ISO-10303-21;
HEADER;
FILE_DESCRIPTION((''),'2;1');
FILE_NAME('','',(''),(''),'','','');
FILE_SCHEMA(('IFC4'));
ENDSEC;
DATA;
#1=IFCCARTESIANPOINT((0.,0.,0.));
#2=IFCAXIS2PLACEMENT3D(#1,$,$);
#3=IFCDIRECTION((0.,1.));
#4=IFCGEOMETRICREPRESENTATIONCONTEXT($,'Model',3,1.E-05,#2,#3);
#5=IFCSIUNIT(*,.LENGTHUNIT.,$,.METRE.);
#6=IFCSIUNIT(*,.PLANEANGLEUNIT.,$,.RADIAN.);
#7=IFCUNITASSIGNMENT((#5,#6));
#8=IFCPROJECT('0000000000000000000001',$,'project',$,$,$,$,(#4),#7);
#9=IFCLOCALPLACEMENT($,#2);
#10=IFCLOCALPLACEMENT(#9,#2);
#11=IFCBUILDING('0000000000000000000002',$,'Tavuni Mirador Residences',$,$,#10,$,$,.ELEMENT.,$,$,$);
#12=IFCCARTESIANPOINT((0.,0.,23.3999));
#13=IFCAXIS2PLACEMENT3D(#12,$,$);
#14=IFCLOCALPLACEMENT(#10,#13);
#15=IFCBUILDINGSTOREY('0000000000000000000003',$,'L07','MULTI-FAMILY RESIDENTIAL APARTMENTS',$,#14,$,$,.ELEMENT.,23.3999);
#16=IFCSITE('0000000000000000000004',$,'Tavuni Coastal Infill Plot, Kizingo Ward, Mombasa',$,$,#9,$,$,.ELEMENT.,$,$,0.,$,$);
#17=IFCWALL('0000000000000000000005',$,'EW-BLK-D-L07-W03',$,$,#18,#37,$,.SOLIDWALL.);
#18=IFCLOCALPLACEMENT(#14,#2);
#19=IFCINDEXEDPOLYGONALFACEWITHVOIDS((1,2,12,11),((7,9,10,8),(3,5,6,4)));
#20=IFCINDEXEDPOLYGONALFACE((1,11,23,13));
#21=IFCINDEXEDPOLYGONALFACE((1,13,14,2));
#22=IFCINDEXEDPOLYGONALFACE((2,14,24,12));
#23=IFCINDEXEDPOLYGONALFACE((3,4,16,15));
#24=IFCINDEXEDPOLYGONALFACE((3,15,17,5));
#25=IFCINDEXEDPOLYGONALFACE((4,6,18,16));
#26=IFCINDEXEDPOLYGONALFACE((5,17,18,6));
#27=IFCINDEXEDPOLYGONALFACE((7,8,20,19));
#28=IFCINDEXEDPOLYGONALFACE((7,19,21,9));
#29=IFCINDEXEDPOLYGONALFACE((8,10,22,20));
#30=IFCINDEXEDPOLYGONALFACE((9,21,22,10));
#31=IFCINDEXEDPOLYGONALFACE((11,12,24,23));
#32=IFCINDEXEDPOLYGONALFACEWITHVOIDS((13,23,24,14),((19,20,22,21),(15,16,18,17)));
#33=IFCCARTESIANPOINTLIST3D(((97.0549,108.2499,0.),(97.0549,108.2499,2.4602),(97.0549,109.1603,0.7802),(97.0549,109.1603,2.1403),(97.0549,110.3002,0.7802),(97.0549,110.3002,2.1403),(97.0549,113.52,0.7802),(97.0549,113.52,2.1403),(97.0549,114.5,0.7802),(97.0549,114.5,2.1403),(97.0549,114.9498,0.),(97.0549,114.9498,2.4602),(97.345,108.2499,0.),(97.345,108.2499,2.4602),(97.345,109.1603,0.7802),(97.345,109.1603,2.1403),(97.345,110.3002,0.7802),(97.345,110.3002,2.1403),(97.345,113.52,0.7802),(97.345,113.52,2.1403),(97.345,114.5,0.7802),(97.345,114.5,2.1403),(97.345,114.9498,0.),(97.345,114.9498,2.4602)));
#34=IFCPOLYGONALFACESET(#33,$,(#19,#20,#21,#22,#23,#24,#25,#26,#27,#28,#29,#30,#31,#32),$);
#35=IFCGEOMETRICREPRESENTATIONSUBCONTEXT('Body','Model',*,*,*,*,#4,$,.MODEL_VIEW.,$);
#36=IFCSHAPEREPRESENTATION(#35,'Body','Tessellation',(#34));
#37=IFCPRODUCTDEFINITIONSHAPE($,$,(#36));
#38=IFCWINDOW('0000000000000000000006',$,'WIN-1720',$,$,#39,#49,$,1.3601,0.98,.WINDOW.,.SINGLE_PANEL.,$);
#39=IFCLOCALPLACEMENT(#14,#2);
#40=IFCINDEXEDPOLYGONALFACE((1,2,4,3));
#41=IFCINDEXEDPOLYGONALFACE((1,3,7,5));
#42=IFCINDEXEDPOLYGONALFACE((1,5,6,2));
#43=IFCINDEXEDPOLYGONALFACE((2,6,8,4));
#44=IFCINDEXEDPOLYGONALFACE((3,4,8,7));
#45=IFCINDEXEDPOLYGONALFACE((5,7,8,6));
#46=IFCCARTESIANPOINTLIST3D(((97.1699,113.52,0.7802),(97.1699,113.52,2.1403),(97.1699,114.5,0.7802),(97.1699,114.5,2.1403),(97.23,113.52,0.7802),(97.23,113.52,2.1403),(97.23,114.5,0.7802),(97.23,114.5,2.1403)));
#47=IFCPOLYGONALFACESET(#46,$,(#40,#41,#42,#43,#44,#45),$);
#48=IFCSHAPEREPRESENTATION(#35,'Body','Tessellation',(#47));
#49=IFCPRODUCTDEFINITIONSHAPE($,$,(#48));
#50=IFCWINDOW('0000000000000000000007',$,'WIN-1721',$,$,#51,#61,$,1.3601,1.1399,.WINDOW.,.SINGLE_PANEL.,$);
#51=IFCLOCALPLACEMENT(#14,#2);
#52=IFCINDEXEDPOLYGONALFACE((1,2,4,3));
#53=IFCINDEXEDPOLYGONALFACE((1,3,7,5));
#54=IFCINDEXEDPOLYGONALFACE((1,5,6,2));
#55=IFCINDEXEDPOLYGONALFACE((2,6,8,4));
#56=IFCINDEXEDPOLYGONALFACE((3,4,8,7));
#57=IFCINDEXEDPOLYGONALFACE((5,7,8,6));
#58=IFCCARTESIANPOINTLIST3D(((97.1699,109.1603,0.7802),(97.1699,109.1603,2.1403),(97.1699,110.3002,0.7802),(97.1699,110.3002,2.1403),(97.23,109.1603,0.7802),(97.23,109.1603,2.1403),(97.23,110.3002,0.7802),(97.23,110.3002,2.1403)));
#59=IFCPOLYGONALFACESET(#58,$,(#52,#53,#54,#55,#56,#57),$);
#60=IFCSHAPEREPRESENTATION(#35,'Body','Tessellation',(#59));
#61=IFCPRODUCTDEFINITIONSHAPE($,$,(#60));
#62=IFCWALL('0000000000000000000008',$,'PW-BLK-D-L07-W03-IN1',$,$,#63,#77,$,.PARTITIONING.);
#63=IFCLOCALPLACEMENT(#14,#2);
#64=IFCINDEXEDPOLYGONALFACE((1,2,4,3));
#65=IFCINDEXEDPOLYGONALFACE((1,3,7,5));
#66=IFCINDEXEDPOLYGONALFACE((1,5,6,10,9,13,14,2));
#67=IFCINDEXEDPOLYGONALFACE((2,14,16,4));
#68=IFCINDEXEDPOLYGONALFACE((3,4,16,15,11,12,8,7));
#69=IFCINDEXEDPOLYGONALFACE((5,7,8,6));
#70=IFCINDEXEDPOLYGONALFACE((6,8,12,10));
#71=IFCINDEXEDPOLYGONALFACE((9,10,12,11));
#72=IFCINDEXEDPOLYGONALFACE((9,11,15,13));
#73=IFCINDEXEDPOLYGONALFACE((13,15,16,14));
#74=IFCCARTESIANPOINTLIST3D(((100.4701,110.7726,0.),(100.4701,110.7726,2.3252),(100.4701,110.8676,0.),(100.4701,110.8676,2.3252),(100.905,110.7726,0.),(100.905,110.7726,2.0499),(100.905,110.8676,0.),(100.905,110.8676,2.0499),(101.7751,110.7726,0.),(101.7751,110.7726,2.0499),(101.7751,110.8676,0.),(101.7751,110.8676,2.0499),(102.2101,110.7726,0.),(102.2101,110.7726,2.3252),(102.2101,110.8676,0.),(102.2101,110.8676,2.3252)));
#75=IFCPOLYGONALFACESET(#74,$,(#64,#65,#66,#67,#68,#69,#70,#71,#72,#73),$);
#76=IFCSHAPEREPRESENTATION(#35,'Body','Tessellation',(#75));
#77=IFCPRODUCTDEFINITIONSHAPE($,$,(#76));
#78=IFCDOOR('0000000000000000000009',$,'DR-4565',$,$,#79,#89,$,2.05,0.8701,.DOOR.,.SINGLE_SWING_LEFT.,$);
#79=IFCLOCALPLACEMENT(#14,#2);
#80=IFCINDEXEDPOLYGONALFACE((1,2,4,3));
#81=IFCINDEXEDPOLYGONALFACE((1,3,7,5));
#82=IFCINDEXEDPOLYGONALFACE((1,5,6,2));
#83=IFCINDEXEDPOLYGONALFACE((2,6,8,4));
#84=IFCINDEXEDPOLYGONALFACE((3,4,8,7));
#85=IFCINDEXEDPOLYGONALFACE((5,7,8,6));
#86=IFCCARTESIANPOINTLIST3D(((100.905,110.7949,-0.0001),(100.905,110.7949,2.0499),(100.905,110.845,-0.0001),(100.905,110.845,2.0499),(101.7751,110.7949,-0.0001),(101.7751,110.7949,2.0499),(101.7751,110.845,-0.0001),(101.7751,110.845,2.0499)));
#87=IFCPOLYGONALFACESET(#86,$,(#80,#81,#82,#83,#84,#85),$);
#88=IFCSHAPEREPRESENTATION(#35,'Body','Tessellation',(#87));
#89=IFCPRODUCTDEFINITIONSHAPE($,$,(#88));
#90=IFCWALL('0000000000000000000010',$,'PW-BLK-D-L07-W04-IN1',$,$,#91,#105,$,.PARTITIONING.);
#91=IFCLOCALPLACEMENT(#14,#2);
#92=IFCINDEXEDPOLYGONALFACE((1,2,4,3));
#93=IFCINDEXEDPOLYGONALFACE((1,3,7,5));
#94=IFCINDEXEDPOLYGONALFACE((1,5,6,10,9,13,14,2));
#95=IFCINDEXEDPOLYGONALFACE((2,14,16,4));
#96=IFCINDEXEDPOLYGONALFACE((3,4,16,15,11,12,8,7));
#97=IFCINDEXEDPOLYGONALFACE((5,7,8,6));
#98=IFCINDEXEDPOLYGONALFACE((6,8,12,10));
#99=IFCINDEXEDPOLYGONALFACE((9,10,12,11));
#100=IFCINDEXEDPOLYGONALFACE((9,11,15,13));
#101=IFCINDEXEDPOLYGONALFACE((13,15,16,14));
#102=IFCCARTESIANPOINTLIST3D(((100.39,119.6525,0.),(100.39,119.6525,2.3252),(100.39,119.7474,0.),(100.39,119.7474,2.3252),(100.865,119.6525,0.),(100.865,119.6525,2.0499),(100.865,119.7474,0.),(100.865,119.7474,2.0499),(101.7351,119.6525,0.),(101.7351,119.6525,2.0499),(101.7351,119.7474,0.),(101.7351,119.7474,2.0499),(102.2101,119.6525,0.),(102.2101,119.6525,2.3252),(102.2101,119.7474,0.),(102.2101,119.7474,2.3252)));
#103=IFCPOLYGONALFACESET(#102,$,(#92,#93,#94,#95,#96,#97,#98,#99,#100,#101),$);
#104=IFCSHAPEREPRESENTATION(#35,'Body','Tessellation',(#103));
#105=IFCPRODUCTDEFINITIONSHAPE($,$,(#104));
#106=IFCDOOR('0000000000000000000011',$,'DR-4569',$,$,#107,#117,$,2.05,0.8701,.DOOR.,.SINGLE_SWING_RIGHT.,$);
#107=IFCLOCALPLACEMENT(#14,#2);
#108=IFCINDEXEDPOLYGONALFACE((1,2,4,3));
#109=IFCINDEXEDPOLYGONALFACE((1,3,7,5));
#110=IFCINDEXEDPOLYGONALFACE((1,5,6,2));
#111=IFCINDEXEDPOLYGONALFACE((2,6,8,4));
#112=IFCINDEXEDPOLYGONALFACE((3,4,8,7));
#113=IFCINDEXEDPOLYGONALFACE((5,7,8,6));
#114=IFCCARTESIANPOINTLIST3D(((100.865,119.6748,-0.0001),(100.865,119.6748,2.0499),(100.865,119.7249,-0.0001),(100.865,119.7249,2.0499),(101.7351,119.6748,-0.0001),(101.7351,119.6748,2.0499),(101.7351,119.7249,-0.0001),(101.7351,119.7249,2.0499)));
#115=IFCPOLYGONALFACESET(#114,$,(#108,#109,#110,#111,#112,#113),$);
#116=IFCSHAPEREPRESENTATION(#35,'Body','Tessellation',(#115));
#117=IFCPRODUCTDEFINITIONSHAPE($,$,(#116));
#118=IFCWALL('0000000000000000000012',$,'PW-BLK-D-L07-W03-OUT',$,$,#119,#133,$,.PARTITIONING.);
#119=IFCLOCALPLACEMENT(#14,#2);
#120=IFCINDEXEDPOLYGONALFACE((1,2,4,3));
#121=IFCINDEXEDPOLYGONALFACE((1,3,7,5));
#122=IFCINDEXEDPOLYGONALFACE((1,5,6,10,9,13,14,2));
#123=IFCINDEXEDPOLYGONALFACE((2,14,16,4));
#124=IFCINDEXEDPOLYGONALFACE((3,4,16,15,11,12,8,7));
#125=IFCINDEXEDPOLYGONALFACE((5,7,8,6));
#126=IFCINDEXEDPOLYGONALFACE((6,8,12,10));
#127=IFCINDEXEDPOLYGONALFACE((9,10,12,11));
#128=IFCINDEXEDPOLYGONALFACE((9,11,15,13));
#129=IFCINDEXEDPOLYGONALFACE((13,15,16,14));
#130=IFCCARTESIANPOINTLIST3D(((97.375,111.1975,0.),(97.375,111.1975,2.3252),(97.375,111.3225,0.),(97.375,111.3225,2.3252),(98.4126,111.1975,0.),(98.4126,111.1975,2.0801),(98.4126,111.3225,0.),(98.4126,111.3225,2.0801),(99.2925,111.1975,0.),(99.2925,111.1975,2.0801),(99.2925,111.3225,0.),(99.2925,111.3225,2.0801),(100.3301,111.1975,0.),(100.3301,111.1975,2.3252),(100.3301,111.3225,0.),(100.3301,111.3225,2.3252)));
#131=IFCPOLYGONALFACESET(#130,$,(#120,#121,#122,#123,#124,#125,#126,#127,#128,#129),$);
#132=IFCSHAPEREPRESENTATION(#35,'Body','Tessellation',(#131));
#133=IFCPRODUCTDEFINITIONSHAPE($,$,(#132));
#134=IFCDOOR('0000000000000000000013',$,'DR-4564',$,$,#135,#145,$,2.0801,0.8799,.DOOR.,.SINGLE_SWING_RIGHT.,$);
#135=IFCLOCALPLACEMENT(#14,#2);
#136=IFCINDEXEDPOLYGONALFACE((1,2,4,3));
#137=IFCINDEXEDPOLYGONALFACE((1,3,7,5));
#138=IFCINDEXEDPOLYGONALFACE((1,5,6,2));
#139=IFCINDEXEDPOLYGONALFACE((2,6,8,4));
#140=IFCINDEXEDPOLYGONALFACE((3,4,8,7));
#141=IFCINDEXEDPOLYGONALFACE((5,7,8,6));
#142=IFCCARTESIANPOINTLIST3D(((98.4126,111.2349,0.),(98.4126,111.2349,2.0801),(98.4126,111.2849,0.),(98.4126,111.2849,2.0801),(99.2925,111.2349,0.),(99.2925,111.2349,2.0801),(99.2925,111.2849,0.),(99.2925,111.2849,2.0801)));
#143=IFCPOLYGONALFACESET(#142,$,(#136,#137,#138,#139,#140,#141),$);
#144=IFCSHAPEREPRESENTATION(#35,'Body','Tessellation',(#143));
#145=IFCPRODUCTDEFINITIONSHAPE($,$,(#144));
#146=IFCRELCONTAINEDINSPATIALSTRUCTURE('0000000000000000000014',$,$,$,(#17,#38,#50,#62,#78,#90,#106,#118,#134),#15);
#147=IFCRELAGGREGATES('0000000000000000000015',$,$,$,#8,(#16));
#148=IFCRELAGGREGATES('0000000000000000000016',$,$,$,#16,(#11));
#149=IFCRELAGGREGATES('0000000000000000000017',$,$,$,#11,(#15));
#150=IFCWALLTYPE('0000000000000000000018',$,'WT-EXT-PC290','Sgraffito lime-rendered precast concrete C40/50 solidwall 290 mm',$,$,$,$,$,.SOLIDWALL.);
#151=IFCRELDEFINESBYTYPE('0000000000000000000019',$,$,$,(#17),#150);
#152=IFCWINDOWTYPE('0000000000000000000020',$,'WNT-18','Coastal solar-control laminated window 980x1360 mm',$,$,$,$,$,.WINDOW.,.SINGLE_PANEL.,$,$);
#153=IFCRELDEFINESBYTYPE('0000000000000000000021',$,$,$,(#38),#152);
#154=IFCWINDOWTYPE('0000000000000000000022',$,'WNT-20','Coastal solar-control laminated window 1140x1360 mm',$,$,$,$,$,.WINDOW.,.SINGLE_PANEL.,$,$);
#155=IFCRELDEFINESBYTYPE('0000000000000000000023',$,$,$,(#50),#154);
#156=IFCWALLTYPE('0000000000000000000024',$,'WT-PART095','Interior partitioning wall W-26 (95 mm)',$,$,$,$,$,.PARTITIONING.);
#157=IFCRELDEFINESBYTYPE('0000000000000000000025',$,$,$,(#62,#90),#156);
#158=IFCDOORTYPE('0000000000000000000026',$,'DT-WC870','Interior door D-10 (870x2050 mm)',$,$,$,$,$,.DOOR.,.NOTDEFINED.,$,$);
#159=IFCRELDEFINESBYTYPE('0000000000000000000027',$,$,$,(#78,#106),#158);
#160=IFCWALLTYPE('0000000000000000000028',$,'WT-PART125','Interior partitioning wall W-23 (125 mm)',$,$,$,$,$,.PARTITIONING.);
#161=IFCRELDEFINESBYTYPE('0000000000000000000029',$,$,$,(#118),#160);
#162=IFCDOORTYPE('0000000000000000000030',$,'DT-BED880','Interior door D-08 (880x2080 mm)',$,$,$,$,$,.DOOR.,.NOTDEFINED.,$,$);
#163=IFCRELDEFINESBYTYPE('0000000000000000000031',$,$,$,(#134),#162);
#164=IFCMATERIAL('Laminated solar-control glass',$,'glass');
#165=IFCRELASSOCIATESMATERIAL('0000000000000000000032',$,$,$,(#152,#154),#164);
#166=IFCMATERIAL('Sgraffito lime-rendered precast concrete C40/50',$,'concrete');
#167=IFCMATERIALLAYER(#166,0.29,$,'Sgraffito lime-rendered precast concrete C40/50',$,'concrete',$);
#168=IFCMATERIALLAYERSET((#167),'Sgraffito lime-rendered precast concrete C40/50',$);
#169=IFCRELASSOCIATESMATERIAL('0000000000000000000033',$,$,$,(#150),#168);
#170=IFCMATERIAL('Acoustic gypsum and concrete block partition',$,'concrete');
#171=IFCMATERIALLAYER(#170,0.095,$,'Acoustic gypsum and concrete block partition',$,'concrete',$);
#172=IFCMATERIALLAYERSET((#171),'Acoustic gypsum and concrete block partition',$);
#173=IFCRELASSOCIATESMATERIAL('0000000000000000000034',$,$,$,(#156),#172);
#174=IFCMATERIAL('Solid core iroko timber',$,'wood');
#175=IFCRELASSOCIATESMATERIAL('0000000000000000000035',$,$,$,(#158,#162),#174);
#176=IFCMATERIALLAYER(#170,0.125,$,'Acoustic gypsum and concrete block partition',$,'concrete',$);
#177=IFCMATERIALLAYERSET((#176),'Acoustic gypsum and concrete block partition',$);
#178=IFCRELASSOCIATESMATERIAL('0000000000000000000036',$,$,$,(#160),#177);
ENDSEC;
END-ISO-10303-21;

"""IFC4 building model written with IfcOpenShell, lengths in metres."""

from ifc_helpers import new_model, si_unit, direction, frame, frame_2d, origin, place, context, subcontext, project, spatial, rectangle, extrude, material, layer, layer_set, type_object, element, fill, save


model = new_model("IFC4")

# Units and contexts
model_context = context("Model", 3, precision=1e-05, world=origin(), true_north=direction((0.0, 1.0)))
body_context = subcontext(model_context, "Body", "Model", "MODEL_VIEW")
ifc_project = project(units=[si_unit("LENGTHUNIT", "METRE"), si_unit("PLANEANGLEUNIT", "RADIAN")], contexts=[model_context])

# Site, building, storey
site_placement = place(None, origin())
site = spatial("IfcSite", under=ifc_project, at=site_placement, Name="Tavuni Coastal Infill Plot, Kizingo Ward, Mombasa", CompositionType="ELEMENT", RefElevation=0.0)
building_placement = place(site_placement, origin())
building = spatial("IfcBuilding", under=site, at=building_placement, Name="Tavuni Mirador Residences", CompositionType="ELEMENT")
storey_placement = place(building_placement, frame((0.0, 0.0, 23.3999)))
storey = spatial("IfcBuildingStorey", under=building, at=storey_placement, Name="L07", Description="MULTI-FAMILY RESIDENTIAL APARTMENTS", CompositionType="ELEMENT", Elevation=23.3999)

# Shared definitions
ifc_material_1 = material(Name="Solid core iroko timber", Category="wood")

# Wall, openings, windows
ifc_material_2 = material(Name="Sgraffito lime-rendered precast concrete C40/50", Category="concrete")
ifc_material_3 = material(Name="Laminated solar-control glass", Category="glass")
window_type_1 = type_object("IfcWindowType", Name="WNT-18", Description="Coastal solar-control laminated window 980x1360 mm", PartitioningType="SINGLE_PANEL", PredefinedType="WINDOW", material=ifc_material_3)
ifc_layer_1 = layer(ifc_material_2, 0.29, Name="Sgraffito lime-rendered precast concrete C40/50", Category="concrete")
ifc_layer_set_1 = layer_set([ifc_layer_1], Name="Sgraffito lime-rendered precast concrete C40/50")
wall_type_1 = type_object("IfcWallType", Name="WT-EXT-PC290", Description="Sgraffito lime-rendered precast concrete C40/50 solidwall 290 mm", PredefinedType="SOLIDWALL", material=ifc_layer_set_1)
wall_1_placement = place(storey_placement, frame((97.2, 114.95, 0.0), z_axis=(0.0, 0.0, 1.0), x_axis=(0.0, -1.0, 0.0)))
wall_1 = element("IfcWall", 1, at=wall_1_placement, inside=storey, type_object=wall_type_1, Name="EW-BLK-D-L07-W03", PredefinedType="SOLIDWALL", context=body_context, shape_type="SweptSolid", body=[
    extrude(rectangle(XDim=6.7, YDim=0.29, at=frame_2d((3.3501, 0.0))), origin(), (0.0, 0.0, 1.0), 2.4602),
])
opening_1_placement = place(wall_1_placement, frame((0.45, 0.0, 0.78)))
opening_1 = element("IfcOpeningElement", 2, at=opening_1_placement, cuts=wall_1, PredefinedType="OPENING", context=body_context, shape_type="SweptSolid", body=[
    extrude(rectangle(XDim=0.98, YDim=1.3601, at=frame_2d((0.49, 0.6802))), frame((0.0, 0.155, 0.0), z_axis=(0.0, -1.0, 0.0), x_axis=(1.0, 0.0, 0.0)), (0.0, 0.0, 1.0), 0.3101),
])
opening_2_placement = place(wall_1_placement, frame((4.6499, 0.0, 0.78)))
opening_2 = element("IfcOpeningElement", 3, at=opening_2_placement, cuts=wall_1, PredefinedType="OPENING", context=body_context, shape_type="SweptSolid", body=[
    extrude(rectangle(XDim=1.1399, YDim=1.3601, at=frame_2d((0.5698, 0.6802))), frame((0.0, 0.155, 0.0), z_axis=(0.0, -1.0, 0.0), x_axis=(1.0, 0.0, 0.0)), (0.0, 0.0, 1.0), 0.3101),
])
window_1_placement = place(opening_1_placement, origin())
window_1 = element("IfcWindow", 4, at=window_1_placement, inside=storey, type_object=window_type_1, Name="WIN-1720", OverallHeight=1.3601, OverallWidth=0.98, PartitioningType="SINGLE_PANEL", PredefinedType="WINDOW", context=body_context, shape_type="SweptSolid", body=[
    extrude(rectangle(XDim=0.98, YDim=1.3601, at=frame_2d((0.49, 0.6802))), frame((0.0, 0.03, 0.0), z_axis=(0.0, -1.0, 0.0), x_axis=(1.0, 0.0, 0.0)), (0.0, 0.0, 1.0), 0.0601),
])
fill(opening_1, window_1)
window_type_2 = type_object("IfcWindowType", Name="WNT-20", Description="Coastal solar-control laminated window 1140x1360 mm", PartitioningType="SINGLE_PANEL", PredefinedType="WINDOW", material=ifc_material_3)
window_2_placement = place(opening_2_placement, origin())
window_2 = element("IfcWindow", 5, at=window_2_placement, inside=storey, type_object=window_type_2, Name="WIN-1721", OverallHeight=1.3601, OverallWidth=1.1399, PartitioningType="SINGLE_PANEL", PredefinedType="WINDOW", context=body_context, shape_type="SweptSolid", body=[
    extrude(rectangle(XDim=1.1399, YDim=1.3601, at=frame_2d((0.5698, 0.6802))), frame((0.0, 0.03, 0.0), z_axis=(0.0, -1.0, 0.0), x_axis=(1.0, 0.0, 0.0)), (0.0, 0.0, 1.0), 0.0601),
])
fill(opening_2, window_2)

# Walls, openings, doors
ifc_material_4 = material(Name="Acoustic gypsum and concrete block partition", Category="concrete")
ifc_layer_2 = layer(ifc_material_4, 0.095, Name="Acoustic gypsum and concrete block partition", Category="concrete")
ifc_layer_set_2 = layer_set([ifc_layer_2], Name="Acoustic gypsum and concrete block partition")
wall_type_2 = type_object("IfcWallType", Name="WT-PART095", Description="Interior partitioning wall W-26 (95 mm)", PredefinedType="PARTITIONING", material=ifc_layer_set_2)
wall_2_placement = place(storey_placement, frame((100.47, 110.8201, 0.0), z_axis=(0.0, 0.0, 1.0), x_axis=(1.0, 0.0, 0.0)))
wall_2 = element("IfcWall", 6, at=wall_2_placement, inside=storey, type_object=wall_type_2, Name="PW-BLK-D-L07-W03-IN1", PredefinedType="PARTITIONING", context=body_context, shape_type="SweptSolid", body=[
    extrude(rectangle(XDim=1.74, YDim=0.095, at=frame_2d((0.8701, 0.0))), origin(), (0.0, 0.0, 1.0), 2.3252),
])
opening_3_placement = place(wall_2_placement, frame((0.4351, 0.0, 0.0)))
opening_3 = element("IfcOpeningElement", 7, at=opening_3_placement, cuts=wall_2, PredefinedType="OPENING", context=body_context, shape_type="SweptSolid", body=[
    extrude(rectangle(XDim=0.8701, YDim=2.05, at=frame_2d((0.4351, 1.0249))), frame((0.0, 0.0576, 0.0), z_axis=(0.0, -1.0, 0.0), x_axis=(1.0, 0.0, 0.0)), (0.0, 0.0, 1.0), 0.115),
])
door_type_1 = type_object("IfcDoorType", Name="DT-WC870", Description="Interior door D-10 (870x2050 mm)", OperationType="NOTDEFINED", PredefinedType="DOOR", material=ifc_material_1)
door_1_placement = place(opening_3_placement, origin())
door_1 = element("IfcDoor", 8, at=door_1_placement, inside=storey, type_object=door_type_1, Name="DR-4565", OperationType="SINGLE_SWING_LEFT", OverallHeight=2.05, OverallWidth=0.8701, PredefinedType="DOOR", context=body_context, shape_type="SweptSolid", body=[
    extrude(rectangle(XDim=0.8701, YDim=2.05, at=frame_2d((0.4351, 1.0249))), frame((0.0, 0.0249, 0.0), z_axis=(0.0, -1.0, 0.0), x_axis=(1.0, 0.0, 0.0)), (0.0, 0.0, 1.0), 0.05),
])
fill(opening_3, door_1)
wall_3_placement = place(storey_placement, frame((100.3899, 119.7, 0.0), z_axis=(0.0, 0.0, 1.0), x_axis=(1.0, 0.0, 0.0)))
wall_3 = element("IfcWall", 9, at=wall_3_placement, inside=storey, type_object=wall_type_2, Name="PW-BLK-D-L07-W04-IN1", PredefinedType="PARTITIONING", context=body_context, shape_type="SweptSolid", body=[
    extrude(rectangle(XDim=1.8201, YDim=0.095, at=frame_2d((0.9102, 0.0))), origin(), (0.0, 0.0, 1.0), 2.3252),
])
opening_4_placement = place(wall_3_placement, frame((0.4751, 0.0, 0.0)))
opening_4 = element("IfcOpeningElement", 10, at=opening_4_placement, cuts=wall_3, PredefinedType="OPENING", context=body_context, shape_type="SweptSolid", body=[
    extrude(rectangle(XDim=0.8701, YDim=2.05, at=frame_2d((0.4351, 1.0249))), frame((0.0, 0.0576, 0.0), z_axis=(0.0, -1.0, 0.0), x_axis=(1.0, 0.0, 0.0)), (0.0, 0.0, 1.0), 0.115),
])
door_2_placement = place(opening_4_placement, origin())
door_2 = element("IfcDoor", 11, at=door_2_placement, inside=storey, type_object=door_type_1, Name="DR-4569", OperationType="SINGLE_SWING_RIGHT", OverallHeight=2.05, OverallWidth=0.8701, PredefinedType="DOOR", context=body_context, shape_type="SweptSolid", body=[
    extrude(rectangle(XDim=0.8701, YDim=2.05, at=frame_2d((0.4351, 1.0249))), frame((0.0, 0.0249, 0.0), z_axis=(0.0, -1.0, 0.0), x_axis=(1.0, 0.0, 0.0)), (0.0, 0.0, 1.0), 0.05),
])
fill(opening_4, door_2)
ifc_layer_3 = layer(ifc_material_4, 0.125, Name="Acoustic gypsum and concrete block partition", Category="concrete")
ifc_layer_set_3 = layer_set([ifc_layer_3], Name="Acoustic gypsum and concrete block partition")
wall_type_3 = type_object("IfcWallType", Name="WT-PART125", Description="Interior partitioning wall W-23 (125 mm)", PredefinedType="PARTITIONING", material=ifc_layer_set_3)
wall_4_placement = place(storey_placement, frame((97.375, 111.26, 0.0), z_axis=(0.0, 0.0, 1.0), x_axis=(1.0, 0.0, 0.0)))
wall_4 = element("IfcWall", 12, at=wall_4_placement, inside=storey, type_object=wall_type_3, Name="PW-BLK-D-L07-W03-OUT", PredefinedType="PARTITIONING", context=body_context, shape_type="SweptSolid", body=[
    extrude(rectangle(XDim=2.9551, YDim=0.125, at=frame_2d((1.4775, 0.0))), origin(), (0.0, 0.0, 1.0), 2.3252),
])
opening_5_placement = place(wall_4_placement, frame((1.0376, 0.0, 0.0)))
opening_5 = element("IfcOpeningElement", 13, at=opening_5_placement, cuts=wall_4, PredefinedType="OPENING", context=body_context, shape_type="SweptSolid", body=[
    extrude(rectangle(XDim=0.8799, YDim=2.0801, at=frame_2d((0.4399, 1.04))), frame((0.0, 0.0725, 0.0), z_axis=(0.0, -1.0, 0.0), x_axis=(1.0, 0.0, 0.0)), (0.0, 0.0, 1.0), 0.145),
])
door_type_2 = type_object("IfcDoorType", Name="DT-BED880", Description="Interior door D-08 (880x2080 mm)", OperationType="NOTDEFINED", PredefinedType="DOOR", material=ifc_material_1)
door_3_placement = place(opening_5_placement, origin())
door_3 = element("IfcDoor", 14, at=door_3_placement, inside=storey, type_object=door_type_2, Name="DR-4564", OperationType="SINGLE_SWING_RIGHT", OverallHeight=2.0801, OverallWidth=0.8799, PredefinedType="DOOR", context=body_context, shape_type="SweptSolid", body=[
    extrude(rectangle(XDim=0.8799, YDim=2.0801, at=frame_2d((0.4399, 1.04))), frame((0.0, 0.0249, 0.0), z_axis=(0.0, -1.0, 0.0), x_axis=(1.0, 0.0, 0.0)), (0.0, 0.0, 1.0), 0.05),
])
fill(opening_5, door_3)

save(model, "model.ifc")
